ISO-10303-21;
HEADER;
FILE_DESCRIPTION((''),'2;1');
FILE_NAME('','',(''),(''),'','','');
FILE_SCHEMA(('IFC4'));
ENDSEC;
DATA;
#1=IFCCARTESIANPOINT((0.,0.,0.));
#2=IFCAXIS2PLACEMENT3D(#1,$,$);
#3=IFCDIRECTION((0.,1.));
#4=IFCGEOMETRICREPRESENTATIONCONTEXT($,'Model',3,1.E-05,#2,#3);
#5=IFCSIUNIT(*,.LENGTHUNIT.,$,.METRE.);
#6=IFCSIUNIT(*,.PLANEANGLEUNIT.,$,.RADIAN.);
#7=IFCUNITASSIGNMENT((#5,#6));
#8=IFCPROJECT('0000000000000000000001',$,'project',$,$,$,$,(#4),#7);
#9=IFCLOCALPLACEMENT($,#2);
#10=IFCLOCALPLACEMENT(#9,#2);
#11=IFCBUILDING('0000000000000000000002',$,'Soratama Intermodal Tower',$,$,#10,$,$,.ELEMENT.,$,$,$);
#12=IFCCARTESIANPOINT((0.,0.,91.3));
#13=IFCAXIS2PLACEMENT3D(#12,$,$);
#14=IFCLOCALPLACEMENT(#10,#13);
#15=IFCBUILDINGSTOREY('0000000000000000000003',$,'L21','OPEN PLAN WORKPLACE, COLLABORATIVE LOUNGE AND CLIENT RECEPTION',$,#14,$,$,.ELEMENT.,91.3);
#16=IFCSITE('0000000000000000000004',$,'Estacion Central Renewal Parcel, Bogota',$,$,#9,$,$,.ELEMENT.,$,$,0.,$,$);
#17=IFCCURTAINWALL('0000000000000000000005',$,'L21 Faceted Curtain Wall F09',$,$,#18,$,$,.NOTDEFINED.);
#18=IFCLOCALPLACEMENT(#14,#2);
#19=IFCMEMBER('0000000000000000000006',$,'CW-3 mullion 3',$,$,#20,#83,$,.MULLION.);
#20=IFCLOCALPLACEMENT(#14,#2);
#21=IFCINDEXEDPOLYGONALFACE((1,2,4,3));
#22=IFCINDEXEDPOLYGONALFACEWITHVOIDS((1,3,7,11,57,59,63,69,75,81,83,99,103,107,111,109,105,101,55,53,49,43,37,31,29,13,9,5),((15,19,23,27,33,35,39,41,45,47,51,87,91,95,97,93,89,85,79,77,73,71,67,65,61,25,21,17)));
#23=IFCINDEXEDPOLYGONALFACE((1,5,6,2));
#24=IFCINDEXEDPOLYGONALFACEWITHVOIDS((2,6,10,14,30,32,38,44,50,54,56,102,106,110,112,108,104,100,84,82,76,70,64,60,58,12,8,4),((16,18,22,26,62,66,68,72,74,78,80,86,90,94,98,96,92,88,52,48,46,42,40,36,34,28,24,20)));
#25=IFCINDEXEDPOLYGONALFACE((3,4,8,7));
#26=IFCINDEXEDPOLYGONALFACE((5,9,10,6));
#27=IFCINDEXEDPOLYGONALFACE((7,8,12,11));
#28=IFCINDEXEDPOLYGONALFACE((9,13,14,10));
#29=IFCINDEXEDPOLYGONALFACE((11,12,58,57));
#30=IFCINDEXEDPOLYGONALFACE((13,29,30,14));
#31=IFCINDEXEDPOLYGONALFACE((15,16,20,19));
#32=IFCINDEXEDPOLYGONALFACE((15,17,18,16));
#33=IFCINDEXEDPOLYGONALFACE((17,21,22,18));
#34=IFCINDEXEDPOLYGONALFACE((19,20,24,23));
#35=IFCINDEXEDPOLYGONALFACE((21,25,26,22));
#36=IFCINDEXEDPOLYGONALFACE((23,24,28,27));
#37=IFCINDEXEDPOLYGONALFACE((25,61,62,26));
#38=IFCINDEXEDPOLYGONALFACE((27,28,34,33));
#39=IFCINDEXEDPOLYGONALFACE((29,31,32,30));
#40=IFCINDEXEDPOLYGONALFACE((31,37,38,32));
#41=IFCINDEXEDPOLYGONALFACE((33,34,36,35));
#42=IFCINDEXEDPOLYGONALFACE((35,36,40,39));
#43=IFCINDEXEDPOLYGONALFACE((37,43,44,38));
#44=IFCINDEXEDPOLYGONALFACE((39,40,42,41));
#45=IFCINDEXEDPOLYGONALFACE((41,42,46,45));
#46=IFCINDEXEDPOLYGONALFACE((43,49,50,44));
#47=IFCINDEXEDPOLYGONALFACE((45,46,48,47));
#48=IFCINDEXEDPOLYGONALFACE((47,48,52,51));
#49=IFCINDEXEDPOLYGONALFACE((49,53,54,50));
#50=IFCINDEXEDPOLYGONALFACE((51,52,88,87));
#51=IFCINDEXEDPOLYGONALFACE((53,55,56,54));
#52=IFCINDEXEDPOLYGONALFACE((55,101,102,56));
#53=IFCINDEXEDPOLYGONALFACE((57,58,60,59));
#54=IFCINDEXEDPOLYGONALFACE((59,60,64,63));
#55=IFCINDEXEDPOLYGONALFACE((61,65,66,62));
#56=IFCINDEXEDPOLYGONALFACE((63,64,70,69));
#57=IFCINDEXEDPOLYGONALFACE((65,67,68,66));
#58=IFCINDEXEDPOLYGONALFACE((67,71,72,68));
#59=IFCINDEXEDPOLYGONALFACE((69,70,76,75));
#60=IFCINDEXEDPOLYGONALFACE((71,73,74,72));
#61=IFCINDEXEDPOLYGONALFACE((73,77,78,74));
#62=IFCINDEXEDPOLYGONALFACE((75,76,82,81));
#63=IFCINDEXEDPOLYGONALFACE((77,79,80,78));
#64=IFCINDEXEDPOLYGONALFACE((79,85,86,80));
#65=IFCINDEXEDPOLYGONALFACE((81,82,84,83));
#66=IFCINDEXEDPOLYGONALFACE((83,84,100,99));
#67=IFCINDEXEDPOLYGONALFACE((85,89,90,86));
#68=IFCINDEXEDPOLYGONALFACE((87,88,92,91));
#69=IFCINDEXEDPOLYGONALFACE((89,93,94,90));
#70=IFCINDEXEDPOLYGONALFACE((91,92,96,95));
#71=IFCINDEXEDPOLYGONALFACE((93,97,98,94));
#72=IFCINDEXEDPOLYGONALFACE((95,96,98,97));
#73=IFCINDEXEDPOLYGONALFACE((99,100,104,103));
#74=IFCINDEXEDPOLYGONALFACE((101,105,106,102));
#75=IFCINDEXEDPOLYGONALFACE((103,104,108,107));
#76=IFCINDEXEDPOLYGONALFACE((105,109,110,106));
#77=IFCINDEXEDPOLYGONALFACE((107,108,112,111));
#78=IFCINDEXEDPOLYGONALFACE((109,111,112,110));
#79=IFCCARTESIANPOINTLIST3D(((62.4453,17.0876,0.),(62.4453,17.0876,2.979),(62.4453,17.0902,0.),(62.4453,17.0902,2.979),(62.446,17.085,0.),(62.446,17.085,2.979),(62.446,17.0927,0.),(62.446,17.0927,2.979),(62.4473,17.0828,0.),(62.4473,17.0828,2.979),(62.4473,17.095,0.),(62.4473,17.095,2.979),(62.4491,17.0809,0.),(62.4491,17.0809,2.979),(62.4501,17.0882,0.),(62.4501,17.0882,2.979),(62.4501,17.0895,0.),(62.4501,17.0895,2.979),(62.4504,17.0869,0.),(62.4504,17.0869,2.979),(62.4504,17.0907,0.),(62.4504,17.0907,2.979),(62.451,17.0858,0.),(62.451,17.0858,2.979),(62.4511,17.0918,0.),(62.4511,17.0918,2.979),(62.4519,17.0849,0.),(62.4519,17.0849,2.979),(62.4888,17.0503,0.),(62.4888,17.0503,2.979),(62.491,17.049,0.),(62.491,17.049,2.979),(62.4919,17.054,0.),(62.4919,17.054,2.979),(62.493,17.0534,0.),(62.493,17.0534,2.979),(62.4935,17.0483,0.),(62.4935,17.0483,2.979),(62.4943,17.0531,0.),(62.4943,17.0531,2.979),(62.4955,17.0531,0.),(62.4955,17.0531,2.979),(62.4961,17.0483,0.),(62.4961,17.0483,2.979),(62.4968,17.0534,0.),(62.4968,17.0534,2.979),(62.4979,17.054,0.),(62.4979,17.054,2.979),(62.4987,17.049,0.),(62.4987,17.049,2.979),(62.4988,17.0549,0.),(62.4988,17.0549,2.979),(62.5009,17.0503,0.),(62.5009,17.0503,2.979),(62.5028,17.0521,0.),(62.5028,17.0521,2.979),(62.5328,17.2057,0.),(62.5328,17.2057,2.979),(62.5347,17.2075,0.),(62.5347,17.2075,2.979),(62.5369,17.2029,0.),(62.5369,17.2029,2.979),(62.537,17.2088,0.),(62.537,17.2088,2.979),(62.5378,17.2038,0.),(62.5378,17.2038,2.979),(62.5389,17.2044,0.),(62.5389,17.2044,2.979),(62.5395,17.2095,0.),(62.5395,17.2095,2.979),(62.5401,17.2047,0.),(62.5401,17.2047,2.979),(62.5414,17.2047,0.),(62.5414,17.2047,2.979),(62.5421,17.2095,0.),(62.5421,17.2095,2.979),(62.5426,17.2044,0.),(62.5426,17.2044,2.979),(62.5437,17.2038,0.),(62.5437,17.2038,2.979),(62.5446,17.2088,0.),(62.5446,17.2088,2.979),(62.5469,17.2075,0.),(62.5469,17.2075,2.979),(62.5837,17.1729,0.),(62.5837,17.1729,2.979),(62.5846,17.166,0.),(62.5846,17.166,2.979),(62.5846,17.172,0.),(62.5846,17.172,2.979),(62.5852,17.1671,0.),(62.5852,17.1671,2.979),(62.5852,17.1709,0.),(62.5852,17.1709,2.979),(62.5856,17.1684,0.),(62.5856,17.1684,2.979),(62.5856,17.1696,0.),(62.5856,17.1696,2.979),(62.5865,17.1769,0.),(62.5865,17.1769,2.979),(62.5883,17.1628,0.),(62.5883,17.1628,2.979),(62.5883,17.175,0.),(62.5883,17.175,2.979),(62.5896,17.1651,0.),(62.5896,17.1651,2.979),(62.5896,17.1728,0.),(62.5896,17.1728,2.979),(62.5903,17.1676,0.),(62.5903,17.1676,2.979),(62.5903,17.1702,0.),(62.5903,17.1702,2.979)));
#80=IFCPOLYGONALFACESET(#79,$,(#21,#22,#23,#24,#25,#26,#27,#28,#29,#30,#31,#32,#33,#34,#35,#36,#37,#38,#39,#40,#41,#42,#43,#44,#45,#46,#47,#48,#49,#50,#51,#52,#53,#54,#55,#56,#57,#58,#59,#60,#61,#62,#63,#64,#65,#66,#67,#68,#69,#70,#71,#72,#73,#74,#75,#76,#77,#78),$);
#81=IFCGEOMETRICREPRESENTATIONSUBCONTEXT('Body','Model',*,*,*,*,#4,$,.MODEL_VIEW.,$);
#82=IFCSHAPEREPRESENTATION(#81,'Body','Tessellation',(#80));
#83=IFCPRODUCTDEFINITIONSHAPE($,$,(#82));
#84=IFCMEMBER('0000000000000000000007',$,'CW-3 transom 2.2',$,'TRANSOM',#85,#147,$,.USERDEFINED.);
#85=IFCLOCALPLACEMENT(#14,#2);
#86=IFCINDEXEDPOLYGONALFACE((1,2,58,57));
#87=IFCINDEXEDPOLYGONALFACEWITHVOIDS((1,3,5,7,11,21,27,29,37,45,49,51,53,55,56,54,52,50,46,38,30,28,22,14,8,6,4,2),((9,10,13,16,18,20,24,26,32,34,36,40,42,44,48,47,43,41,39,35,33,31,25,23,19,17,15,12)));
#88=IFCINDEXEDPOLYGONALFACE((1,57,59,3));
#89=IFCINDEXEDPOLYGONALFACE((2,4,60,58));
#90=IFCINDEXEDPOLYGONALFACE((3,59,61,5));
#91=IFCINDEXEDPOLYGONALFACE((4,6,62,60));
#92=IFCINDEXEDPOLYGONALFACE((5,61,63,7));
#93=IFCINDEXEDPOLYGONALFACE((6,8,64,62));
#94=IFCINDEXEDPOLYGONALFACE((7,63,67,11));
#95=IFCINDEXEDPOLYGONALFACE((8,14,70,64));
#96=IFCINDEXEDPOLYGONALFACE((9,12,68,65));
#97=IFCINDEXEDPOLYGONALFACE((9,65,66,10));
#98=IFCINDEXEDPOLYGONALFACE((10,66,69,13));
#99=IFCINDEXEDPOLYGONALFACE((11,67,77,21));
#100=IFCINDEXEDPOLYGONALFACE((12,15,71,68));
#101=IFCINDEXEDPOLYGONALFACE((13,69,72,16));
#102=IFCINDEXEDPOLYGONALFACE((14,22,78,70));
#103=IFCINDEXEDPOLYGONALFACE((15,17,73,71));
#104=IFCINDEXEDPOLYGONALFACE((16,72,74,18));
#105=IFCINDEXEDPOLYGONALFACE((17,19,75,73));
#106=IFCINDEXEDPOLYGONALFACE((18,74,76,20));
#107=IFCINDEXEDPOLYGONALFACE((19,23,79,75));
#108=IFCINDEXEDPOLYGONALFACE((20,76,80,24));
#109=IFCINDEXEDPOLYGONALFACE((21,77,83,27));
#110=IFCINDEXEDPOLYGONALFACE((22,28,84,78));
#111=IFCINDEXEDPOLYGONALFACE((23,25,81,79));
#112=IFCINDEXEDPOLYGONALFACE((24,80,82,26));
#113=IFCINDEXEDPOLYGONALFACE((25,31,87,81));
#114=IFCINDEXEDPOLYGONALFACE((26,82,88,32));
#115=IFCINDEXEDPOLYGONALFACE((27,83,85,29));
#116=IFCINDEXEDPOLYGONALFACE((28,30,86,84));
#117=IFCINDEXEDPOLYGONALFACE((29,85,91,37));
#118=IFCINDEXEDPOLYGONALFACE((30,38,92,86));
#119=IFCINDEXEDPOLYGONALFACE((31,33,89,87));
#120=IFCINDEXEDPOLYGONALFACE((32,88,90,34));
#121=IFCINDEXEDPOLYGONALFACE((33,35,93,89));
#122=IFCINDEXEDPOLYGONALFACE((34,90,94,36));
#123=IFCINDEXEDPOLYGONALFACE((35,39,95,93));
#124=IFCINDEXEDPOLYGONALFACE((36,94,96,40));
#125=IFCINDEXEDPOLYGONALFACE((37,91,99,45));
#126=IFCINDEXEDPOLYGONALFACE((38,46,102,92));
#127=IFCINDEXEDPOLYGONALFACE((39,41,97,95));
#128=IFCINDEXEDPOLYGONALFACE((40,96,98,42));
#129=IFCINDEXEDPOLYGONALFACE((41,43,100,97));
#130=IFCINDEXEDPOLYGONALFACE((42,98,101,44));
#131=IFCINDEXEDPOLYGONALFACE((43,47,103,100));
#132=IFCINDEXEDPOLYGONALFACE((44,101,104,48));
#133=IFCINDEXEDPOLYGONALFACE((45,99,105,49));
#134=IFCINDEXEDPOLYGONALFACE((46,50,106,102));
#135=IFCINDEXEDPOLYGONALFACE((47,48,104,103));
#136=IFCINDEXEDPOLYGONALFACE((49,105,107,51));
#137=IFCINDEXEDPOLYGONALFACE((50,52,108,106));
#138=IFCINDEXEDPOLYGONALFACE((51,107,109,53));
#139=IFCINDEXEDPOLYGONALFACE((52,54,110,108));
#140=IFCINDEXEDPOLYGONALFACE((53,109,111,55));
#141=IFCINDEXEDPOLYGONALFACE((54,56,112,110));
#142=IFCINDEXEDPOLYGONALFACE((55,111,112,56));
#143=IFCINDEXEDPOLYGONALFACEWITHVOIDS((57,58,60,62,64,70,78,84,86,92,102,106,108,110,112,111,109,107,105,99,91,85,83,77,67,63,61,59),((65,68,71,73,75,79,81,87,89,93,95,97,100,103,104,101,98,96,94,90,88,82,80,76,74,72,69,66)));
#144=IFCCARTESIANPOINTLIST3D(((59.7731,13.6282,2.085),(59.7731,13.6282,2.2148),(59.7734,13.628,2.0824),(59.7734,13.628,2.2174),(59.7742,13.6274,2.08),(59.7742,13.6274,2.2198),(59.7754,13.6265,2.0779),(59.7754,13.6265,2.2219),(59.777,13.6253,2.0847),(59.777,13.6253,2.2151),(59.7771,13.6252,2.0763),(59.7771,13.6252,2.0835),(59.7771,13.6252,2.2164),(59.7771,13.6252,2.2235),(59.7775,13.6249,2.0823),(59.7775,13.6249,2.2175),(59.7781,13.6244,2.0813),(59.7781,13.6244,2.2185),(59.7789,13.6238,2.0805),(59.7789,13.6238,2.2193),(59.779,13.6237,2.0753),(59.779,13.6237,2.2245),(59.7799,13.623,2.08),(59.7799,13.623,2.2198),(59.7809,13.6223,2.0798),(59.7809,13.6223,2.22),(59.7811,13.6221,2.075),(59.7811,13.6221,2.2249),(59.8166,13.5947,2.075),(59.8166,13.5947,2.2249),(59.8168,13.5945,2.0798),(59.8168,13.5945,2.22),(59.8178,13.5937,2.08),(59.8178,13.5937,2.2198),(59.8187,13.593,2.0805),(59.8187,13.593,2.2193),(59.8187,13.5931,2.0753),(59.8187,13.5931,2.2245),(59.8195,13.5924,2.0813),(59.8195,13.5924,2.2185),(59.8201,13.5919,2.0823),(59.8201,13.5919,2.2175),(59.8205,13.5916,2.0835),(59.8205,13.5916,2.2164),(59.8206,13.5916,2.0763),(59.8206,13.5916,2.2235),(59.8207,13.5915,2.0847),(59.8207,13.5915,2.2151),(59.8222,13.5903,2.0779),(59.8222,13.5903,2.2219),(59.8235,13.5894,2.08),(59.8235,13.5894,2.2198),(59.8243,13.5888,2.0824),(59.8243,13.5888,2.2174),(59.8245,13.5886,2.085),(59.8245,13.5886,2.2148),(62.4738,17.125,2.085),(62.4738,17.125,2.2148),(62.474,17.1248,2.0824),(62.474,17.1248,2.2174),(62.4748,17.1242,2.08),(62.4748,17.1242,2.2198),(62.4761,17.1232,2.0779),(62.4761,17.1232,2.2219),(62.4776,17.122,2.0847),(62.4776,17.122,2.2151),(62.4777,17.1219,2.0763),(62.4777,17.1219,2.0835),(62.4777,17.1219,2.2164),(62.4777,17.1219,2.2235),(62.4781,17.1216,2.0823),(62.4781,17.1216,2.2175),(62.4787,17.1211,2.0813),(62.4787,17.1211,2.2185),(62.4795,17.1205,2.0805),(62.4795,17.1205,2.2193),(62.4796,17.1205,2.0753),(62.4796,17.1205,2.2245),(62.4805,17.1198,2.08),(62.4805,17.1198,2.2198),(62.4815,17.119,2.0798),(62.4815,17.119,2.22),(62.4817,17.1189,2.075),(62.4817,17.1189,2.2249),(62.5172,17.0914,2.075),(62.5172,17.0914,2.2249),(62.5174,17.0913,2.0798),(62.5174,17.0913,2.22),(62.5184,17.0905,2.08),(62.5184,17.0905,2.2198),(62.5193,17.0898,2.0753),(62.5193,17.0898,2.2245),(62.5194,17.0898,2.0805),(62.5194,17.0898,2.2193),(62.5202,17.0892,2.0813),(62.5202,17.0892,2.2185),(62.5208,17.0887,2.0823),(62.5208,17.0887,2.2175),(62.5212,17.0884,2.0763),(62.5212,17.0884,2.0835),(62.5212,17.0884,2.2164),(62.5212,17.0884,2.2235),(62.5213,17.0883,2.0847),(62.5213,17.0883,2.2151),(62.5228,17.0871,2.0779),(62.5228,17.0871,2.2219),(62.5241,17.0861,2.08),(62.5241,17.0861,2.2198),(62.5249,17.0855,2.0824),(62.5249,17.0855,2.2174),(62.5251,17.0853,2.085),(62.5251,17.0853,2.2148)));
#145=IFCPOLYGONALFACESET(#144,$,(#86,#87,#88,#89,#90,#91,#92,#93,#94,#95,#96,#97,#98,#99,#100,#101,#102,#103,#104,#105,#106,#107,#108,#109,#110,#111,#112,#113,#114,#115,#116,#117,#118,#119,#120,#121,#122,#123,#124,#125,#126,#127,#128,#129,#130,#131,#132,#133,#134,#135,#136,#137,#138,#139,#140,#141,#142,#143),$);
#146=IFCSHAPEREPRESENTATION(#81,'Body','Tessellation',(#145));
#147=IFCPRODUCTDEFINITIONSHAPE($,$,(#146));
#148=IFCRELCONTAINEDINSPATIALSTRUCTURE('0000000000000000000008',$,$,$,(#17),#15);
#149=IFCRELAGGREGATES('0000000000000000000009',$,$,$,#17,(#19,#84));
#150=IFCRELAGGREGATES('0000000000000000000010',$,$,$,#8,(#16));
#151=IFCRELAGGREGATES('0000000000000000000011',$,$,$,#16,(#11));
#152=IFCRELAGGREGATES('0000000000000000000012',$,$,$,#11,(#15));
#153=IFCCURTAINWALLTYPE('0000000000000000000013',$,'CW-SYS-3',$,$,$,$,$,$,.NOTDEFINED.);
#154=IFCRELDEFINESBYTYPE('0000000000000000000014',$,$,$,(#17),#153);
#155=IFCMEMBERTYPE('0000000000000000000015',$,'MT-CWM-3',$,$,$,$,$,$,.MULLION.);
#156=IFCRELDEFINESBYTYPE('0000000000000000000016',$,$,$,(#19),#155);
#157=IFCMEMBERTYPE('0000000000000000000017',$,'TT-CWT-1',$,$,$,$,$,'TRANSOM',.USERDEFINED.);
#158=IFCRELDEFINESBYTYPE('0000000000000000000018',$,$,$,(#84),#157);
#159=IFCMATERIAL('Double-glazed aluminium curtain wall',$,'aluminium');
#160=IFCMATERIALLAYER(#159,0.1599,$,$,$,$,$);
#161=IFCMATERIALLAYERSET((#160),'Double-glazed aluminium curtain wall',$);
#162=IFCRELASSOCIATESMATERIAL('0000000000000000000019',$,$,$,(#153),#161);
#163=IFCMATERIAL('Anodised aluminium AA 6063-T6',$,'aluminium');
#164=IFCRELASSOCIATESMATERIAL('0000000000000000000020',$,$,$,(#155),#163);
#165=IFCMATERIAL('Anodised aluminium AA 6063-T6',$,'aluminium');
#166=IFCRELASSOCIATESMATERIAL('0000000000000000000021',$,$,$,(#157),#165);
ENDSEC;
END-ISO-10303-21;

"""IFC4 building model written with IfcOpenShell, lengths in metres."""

from ifc_helpers import new_model, si_unit, direction, frame, origin, origin_2d, place, context, subcontext, project, spatial, hollow_rectangle, extrude, material, layer, layer_set, material_profile, profile_set, type_object, element, aggregate, save


model = new_model("IFC4")

# Units and contexts
model_context = context("Model", 3, precision=1e-05, world=origin(), true_north=direction((0.0, 1.0)))
body_context = subcontext(model_context, "Body", "Model", "MODEL_VIEW")
ifc_project = project(units=[si_unit("LENGTHUNIT", "METRE"), si_unit("PLANEANGLEUNIT", "RADIAN")], contexts=[model_context])

# Site, building, storey
site_placement = place(None, origin())
site = spatial("IfcSite", under=ifc_project, at=site_placement, Name="Estacion Central Renewal Parcel, Bogota", CompositionType="ELEMENT", RefElevation=0.0)
building_placement = place(site_placement, origin())
building = spatial("IfcBuilding", under=site, at=building_placement, Name="Soratama Intermodal Tower", CompositionType="ELEMENT")
storey_placement = place(building_placement, frame((0.0, 0.0, 91.3)))
storey = spatial("IfcBuildingStorey", under=building, at=storey_placement, Name="L21", Description="OPEN PLAN WORKPLACE, COLLABORATIVE LOUNGE AND CLIENT RECEPTION", CompositionType="ELEMENT", Elevation=91.3)

# Curtain wall, members
ifc_material_1 = material(Name="Double-glazed aluminium curtain wall", Category="aluminium")
ifc_layer_1 = layer(ifc_material_1, 0.1599)
ifc_layer_set_1 = layer_set([ifc_layer_1], Name="Double-glazed aluminium curtain wall")
curtain_wall_type = type_object("IfcCurtainWallType", Name="CW-SYS-3", PredefinedType="NOTDEFINED", material=ifc_layer_set_1)
curtain_wall_placement = place(storey_placement, origin())
curtain_wall = element("IfcCurtainWall", 1, at=curtain_wall_placement, inside=storey, type_object=curtain_wall_type, Name="L21 Faceted Curtain Wall F09", PredefinedType="NOTDEFINED")
ifc_material_2 = material(Name="Anodised aluminium AA 6063-T6", Category="aluminium")
ifc_material_profile_1 = material_profile(ifc_material_2, hollow_rectangle(XDim=0.0701, YDim=0.1599, WallThickness=0.0049, InnerFilletRadius=0.0049, OuterFilletRadius=0.01, at=origin_2d()), Name="CWM160X70X5")
ifc_profile_set_1 = profile_set([ifc_material_profile_1], Name="Anodised aluminium AA 6063-T6")
member_type_1 = type_object("IfcMemberType", Name="MT-CWM-3", PredefinedType="MULLION", material=ifc_profile_set_1)
member_1_placement = place(storey_placement, frame((62.5178, 17.1289, 0.0), z_axis=(0.0, 0.0, 1.0), x_axis=(-0.791437, 0.611251, 0.0)))
member_1 = element("IfcMember", 2, at=member_1_placement, type_object=member_type_1, Name="CW-3 mullion 3", PredefinedType="MULLION", context=body_context, shape_type="SweptSolid", body=[
    extrude(hollow_rectangle(XDim=0.0701, YDim=0.1599, WallThickness=0.0049, InnerFilletRadius=0.0049, OuterFilletRadius=0.01, at=origin_2d()), origin(), (0.0, 0.0, 1.0), 2.979),
])
ifc_material_3 = material(Name="Anodised aluminium AA 6063-T6", Category="aluminium")
ifc_material_profile_2 = material_profile(ifc_material_3, hollow_rectangle(XDim=0.0649, YDim=0.1499, WallThickness=0.0049, InnerFilletRadius=0.0049, OuterFilletRadius=0.01, at=origin_2d()), Name="CWT150X65X5")
ifc_profile_set_2 = profile_set([ifc_material_profile_2], Name="Anodised aluminium AA 6063-T6")
member_type_2 = type_object("IfcMemberType", Name="TT-CWT-1", ElementType="TRANSOM", PredefinedType="USERDEFINED", material=ifc_profile_set_2)
member_2_placement = place(storey_placement, frame((59.7988, 13.6084, 2.1499), z_axis=(0.611248, 0.791439, 0.0), x_axis=(-0.791439, 0.611248, 0.0)))
member_2 = element("IfcMember", 3, at=member_2_placement, type_object=member_type_2, Name="CW-3 transom 2.2", ObjectType="TRANSOM", PredefinedType="USERDEFINED", context=body_context, shape_type="SweptSolid", body=[
    extrude(hollow_rectangle(XDim=0.0649, YDim=0.1499, WallThickness=0.0049, InnerFilletRadius=0.0049, OuterFilletRadius=0.01, at=origin_2d()), origin(), (0.0, 0.0, 1.0), 4.4182),
])
aggregate(curtain_wall, [member_1, member_2])

save(model, "model.ifc")
